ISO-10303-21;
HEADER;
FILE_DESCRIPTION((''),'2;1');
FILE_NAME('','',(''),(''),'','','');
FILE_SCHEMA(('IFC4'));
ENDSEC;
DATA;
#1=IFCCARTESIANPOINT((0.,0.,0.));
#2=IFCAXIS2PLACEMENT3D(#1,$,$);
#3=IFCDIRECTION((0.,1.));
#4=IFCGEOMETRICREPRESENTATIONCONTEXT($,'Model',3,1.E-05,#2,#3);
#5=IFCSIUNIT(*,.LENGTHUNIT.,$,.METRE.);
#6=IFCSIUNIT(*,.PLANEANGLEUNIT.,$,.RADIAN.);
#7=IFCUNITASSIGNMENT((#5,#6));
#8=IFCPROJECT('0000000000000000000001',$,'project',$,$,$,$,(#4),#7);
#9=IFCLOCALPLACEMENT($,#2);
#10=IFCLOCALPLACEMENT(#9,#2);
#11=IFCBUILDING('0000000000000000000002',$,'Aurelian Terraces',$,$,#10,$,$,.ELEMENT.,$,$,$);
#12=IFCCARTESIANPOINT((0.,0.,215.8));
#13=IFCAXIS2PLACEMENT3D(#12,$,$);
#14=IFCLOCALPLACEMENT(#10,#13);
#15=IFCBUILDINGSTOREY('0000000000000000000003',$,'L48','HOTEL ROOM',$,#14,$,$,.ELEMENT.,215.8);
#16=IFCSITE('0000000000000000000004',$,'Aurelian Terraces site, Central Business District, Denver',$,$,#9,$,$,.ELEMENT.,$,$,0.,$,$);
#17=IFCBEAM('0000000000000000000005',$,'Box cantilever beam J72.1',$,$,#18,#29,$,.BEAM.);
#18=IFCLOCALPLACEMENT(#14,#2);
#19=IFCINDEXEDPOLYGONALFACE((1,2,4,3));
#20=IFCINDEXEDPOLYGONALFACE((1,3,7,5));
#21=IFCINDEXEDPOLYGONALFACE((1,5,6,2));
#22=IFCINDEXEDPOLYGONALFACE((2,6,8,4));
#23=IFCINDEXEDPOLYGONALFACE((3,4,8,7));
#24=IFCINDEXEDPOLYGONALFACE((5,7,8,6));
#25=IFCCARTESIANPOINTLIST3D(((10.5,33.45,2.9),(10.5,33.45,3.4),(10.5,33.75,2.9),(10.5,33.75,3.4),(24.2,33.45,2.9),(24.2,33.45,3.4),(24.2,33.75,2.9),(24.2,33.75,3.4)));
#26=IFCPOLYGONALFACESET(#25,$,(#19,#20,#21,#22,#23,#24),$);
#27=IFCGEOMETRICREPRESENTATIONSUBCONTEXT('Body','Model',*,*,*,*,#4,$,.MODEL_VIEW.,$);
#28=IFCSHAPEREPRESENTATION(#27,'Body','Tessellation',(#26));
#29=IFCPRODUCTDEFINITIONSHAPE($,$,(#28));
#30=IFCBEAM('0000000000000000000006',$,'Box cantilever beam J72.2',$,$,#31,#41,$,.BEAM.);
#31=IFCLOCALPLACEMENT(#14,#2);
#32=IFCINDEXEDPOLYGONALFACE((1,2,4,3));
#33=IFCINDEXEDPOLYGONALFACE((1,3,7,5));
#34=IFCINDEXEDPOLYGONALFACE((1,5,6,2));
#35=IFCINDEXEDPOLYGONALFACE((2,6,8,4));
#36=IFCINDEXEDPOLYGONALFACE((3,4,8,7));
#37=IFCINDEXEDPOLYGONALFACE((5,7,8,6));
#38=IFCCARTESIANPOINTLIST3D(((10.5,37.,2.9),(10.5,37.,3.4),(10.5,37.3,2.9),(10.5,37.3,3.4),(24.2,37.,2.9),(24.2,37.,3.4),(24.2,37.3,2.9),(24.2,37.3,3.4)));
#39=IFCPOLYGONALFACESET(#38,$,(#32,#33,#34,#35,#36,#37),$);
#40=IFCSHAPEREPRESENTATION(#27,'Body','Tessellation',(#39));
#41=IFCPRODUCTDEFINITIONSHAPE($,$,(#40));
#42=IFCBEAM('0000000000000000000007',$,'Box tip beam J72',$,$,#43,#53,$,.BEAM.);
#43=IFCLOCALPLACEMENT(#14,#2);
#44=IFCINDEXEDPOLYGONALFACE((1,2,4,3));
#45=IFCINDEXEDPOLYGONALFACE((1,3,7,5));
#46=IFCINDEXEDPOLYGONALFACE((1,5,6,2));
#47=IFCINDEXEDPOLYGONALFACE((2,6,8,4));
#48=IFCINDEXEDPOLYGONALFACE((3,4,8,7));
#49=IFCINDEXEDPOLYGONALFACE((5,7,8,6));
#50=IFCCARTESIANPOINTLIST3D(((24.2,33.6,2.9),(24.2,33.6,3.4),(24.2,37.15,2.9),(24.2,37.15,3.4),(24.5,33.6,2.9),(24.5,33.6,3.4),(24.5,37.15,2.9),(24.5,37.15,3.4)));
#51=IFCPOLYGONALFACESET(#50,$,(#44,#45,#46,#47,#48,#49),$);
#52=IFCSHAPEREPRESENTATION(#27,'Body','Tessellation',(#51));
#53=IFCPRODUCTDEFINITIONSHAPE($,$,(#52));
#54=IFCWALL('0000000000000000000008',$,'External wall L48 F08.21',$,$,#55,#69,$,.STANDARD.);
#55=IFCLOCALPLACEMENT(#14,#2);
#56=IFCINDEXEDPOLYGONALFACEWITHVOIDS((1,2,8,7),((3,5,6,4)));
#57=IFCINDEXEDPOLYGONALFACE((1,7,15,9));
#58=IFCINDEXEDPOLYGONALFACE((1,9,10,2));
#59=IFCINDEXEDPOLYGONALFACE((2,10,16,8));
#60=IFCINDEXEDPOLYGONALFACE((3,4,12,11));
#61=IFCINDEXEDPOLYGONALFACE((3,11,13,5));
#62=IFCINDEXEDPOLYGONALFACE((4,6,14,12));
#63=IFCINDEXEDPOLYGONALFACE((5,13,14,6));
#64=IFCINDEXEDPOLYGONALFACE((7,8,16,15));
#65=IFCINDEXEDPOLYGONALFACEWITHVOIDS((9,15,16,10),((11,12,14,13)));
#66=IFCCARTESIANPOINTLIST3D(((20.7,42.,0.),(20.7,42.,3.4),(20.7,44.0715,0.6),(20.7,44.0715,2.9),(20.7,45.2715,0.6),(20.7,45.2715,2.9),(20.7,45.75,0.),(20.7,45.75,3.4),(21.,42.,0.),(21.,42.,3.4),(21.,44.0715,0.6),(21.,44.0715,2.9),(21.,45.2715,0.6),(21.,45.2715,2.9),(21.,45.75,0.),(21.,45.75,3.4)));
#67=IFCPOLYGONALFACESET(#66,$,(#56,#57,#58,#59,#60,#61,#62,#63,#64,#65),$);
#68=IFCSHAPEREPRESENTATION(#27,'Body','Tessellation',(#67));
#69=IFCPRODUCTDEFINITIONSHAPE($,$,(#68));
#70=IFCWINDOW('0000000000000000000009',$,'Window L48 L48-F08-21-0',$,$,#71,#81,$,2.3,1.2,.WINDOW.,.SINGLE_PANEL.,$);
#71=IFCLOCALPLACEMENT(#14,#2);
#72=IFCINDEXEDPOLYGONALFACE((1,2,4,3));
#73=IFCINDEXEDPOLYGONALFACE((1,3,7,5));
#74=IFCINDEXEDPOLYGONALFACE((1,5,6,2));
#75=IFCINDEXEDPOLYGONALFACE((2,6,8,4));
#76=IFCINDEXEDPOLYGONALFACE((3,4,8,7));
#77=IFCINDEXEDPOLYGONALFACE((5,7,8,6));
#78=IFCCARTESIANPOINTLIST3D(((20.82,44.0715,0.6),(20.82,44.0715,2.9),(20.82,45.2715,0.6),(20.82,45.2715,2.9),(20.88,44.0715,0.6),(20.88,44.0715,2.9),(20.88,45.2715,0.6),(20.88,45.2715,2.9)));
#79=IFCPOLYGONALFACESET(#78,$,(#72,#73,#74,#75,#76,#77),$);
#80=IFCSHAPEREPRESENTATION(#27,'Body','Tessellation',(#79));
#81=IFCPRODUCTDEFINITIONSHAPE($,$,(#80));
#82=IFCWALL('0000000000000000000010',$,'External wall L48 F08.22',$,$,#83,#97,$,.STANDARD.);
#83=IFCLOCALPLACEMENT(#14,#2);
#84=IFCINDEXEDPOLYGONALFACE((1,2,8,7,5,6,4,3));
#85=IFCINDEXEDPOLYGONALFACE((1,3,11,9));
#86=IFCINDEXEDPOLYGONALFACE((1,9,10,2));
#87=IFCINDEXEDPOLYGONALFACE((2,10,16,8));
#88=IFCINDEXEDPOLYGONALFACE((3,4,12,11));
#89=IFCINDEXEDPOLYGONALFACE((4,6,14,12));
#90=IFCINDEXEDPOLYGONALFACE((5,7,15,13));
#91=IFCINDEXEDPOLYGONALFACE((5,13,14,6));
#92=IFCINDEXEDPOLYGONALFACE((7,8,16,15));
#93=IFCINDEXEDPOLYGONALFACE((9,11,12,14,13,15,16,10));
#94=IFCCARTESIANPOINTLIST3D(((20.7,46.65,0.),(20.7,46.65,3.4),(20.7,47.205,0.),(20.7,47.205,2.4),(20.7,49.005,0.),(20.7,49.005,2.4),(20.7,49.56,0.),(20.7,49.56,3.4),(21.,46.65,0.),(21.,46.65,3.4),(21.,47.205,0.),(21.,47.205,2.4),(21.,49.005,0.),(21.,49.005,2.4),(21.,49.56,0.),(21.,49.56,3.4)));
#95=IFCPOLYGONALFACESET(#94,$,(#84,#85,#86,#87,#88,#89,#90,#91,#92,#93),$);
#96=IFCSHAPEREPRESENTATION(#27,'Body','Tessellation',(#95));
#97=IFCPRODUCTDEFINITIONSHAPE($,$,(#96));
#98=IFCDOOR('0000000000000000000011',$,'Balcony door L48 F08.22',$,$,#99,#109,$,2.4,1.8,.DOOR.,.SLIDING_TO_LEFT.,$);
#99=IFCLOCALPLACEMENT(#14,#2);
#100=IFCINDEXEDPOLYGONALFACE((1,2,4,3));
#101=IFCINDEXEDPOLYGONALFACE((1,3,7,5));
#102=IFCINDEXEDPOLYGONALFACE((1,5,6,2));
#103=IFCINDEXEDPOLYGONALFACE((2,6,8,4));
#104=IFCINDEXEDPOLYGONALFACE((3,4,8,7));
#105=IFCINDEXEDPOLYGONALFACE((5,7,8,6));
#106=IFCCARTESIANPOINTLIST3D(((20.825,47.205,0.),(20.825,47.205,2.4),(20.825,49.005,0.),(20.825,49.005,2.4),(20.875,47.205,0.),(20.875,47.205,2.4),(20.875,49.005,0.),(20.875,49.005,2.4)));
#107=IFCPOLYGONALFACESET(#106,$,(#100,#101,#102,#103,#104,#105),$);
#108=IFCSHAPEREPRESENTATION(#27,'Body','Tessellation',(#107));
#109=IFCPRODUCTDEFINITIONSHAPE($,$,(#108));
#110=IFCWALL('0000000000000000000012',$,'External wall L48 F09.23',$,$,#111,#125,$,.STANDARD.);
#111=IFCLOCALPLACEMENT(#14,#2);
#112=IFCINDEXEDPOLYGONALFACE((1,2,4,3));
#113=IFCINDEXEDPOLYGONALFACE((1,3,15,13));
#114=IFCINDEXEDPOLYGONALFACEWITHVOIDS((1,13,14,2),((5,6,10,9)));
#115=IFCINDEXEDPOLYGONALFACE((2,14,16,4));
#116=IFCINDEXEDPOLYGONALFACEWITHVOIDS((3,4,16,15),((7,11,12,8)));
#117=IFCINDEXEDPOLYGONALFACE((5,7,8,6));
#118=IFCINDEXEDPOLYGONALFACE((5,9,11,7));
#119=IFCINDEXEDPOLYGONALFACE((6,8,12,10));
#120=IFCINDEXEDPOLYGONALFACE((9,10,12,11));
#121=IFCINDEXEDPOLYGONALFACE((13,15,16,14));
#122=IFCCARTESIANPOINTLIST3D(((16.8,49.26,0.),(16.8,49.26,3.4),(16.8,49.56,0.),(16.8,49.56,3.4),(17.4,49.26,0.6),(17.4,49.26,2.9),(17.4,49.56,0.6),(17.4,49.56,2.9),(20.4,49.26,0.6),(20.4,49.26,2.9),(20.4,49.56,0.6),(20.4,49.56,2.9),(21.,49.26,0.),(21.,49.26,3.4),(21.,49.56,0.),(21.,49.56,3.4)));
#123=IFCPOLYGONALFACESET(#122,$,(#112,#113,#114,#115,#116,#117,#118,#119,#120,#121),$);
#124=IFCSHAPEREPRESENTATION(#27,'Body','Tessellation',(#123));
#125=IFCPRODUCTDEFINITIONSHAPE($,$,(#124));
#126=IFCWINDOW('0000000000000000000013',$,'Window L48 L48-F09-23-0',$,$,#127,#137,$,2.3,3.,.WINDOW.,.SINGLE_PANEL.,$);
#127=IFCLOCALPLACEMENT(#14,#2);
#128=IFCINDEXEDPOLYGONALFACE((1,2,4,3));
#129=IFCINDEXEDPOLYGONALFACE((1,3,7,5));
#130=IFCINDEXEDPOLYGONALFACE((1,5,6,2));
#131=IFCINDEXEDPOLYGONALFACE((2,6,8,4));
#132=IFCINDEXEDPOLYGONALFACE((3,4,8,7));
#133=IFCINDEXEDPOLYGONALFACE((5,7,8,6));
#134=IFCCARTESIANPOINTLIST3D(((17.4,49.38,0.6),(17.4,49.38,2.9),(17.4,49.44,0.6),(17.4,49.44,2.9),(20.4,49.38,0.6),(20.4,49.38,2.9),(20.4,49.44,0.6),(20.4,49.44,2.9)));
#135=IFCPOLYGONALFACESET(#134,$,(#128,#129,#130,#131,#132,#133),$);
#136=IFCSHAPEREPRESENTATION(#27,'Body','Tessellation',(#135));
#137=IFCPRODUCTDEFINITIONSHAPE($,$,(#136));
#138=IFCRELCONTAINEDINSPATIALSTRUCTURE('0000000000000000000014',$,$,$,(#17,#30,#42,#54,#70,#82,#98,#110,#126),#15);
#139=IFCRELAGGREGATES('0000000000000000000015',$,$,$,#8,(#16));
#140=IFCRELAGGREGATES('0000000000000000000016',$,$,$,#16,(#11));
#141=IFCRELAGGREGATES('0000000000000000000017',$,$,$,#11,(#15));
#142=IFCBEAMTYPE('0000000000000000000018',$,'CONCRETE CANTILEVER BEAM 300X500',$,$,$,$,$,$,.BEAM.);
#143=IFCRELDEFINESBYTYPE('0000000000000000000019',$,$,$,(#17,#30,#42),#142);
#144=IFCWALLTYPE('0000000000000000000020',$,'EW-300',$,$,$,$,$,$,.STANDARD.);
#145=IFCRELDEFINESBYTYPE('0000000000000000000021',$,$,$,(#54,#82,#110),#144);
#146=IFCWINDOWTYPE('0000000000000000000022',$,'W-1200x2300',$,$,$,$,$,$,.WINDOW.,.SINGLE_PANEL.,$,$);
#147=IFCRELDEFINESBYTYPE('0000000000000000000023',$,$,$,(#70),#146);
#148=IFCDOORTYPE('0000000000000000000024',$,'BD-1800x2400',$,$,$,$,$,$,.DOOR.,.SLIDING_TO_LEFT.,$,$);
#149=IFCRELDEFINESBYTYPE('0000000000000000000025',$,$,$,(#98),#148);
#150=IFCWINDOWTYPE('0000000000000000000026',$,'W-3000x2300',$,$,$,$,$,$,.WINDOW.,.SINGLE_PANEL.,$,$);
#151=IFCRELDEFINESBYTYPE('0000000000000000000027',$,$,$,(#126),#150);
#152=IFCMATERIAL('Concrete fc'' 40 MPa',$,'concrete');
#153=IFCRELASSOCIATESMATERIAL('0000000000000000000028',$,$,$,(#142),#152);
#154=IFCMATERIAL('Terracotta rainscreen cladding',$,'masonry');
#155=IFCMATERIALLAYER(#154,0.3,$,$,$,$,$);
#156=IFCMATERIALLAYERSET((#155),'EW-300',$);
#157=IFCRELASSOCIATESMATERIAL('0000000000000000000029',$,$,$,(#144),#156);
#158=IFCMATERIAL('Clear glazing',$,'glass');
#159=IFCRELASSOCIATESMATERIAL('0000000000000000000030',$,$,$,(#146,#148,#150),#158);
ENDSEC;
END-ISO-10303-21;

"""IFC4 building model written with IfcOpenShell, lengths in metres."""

from ifc_helpers import new_model, si_unit, direction, frame, frame_2d, origin, origin_2d, place, context, subcontext, project, spatial, rectangle, extrude, source, transform, mapped, material, layer, layer_set, material_profile, profile_set, type_object, element, fill, save


model = new_model("IFC4")

# Units and contexts
model_context = context("Model", 3, precision=1e-05, world=origin(), true_north=direction((0.0, 1.0)))
body_context = subcontext(model_context, "Body", "Model", "MODEL_VIEW")
ifc_project = project(units=[si_unit("LENGTHUNIT", "METRE"), si_unit("PLANEANGLEUNIT", "RADIAN")], contexts=[model_context])

# Site, building, storey
site_placement = place(None, origin())
site = spatial("IfcSite", under=ifc_project, at=site_placement, Name="Aurelian Terraces site, Central Business District, Denver", CompositionType="ELEMENT", RefElevation=0.0)
building_placement = place(site_placement, origin())
building = spatial("IfcBuilding", under=site, at=building_placement, Name="Aurelian Terraces", CompositionType="ELEMENT")
storey_placement = place(building_placement, frame((0.0, 0.0, 215.8)))
storey = spatial("IfcBuildingStorey", under=building, at=storey_placement, Name="L48", Description="HOTEL ROOM", CompositionType="ELEMENT", Elevation=215.8)

# Beams
ifc_material_1 = material(Name="Concrete fc' 40 MPa", Category="concrete")
ifc_material_profile = material_profile(ifc_material_1, rectangle(XDim=0.3, YDim=0.5, at=origin_2d()))
ifc_profile_set = profile_set([ifc_material_profile], Name="Concrete fc' 40 MPa")
beam_type = type_object("IfcBeamType", Name="CONCRETE CANTILEVER BEAM 300X500", PredefinedType="BEAM", material=ifc_profile_set)
shared_shape_1 = source(origin(), body_context, "Body", "SweptSolid", [
    extrude(rectangle(XDim=0.3, YDim=0.5, at=origin_2d()), origin(), (0.0, 0.0, 1.0), 13.7),
])
for number, where, z_axis, x_axis, name in (
    (1, (24.2, 33.6, 3.15), (-1.0, 0.0, 0.0), (0.0, -1.0, 0.0), "Box cantilever beam J72.1"),
    (2, (24.2, 37.15, 3.15), (-1.0, 0.0, 0.0), (0.0, -1.0, 0.0), "Box cantilever beam J72.2"),
):
    element("IfcBeam", number, at=place(storey_placement, frame(where, z_axis=z_axis, x_axis=x_axis)), inside=storey, type_object=beam_type, Name=name, PredefinedType="BEAM", context=body_context, shape_type="MappedRepresentation", body=[
        mapped(shared_shape_1, transform((0.0, 0.0, 0.0), scale=1.0)),
    ])
shared_shape_2 = source(origin(), body_context, "Body", "SweptSolid", [
    extrude(rectangle(XDim=0.3, YDim=0.5, at=origin_2d()), origin(), (0.0, 0.0, 1.0), 3.55),
])
beam_placement = place(storey_placement, frame((24.35, 33.6, 3.15), z_axis=(0.0, 1.0, 0.0), x_axis=(-1.0, 0.0, 0.0)))
element("IfcBeam", 3, at=beam_placement, inside=storey, type_object=beam_type, Name="Box tip beam J72", PredefinedType="BEAM", context=body_context, shape_type="MappedRepresentation", body=[
    mapped(shared_shape_2, transform((0.0, 0.0, 0.0), scale=1.0)),
])

# Wall, opening, window
ifc_material_2 = material(Name="Terracotta rainscreen cladding", Category="masonry")
ifc_layer_1 = layer(ifc_material_2, 0.3)
ifc_layer_set_1 = layer_set([ifc_layer_1], Name="EW-300")
wall_type_1 = type_object("IfcWallType", Name="EW-300", PredefinedType="STANDARD", material=ifc_layer_set_1)
shared_shape_3 = source(origin(), body_context, "Body", "SweptSolid", [
    extrude(rectangle(XDim=3.75, YDim=0.3, at=frame_2d((1.875, 0.0))), origin(), (0.0, 0.0, 1.0), 3.4),
])
wall_1_placement = place(storey_placement, frame((20.85, 42.0, 0.0), z_axis=(0.0, 0.0, 1.0), x_axis=(0.0, 1.0, 0.0)))
wall_1 = element("IfcWall", 4, at=wall_1_placement, inside=storey, type_object=wall_type_1, Name="External wall L48 F08.21", PredefinedType="STANDARD", context=body_context, shape_type="MappedRepresentation", body=[
    mapped(shared_shape_3, transform((0.0, 0.0, 0.0), scale=1.0)),
])
shared_shape_4 = source(origin(), body_context, "Body", "SweptSolid", [
    extrude(rectangle(XDim=1.2, YDim=2.3, at=frame_2d((0.6, 1.15))), frame((0.0, 0.16, 0.0), z_axis=(0.0, -1.0, 0.0), x_axis=(1.0, 0.0, 0.0)), (0.0, 0.0, 1.0), 0.32),
])
opening_1_placement = place(wall_1_placement, frame((2.0715, 0.0, 0.6)))
opening_1 = element("IfcOpeningElement", 5, at=opening_1_placement, cuts=wall_1, PredefinedType="OPENING", context=body_context, shape_type="MappedRepresentation", body=[
    mapped(shared_shape_4, transform((0.0, 0.0, 0.0), scale=1.0)),
])
ifc_material_3 = material(Name="Clear glazing", Category="glass")
window_type_1 = type_object("IfcWindowType", Name="W-1200x2300", PartitioningType="SINGLE_PANEL", PredefinedType="WINDOW", material=ifc_material_3)
shared_shape_5 = source(origin(), body_context, "Body", "SweptSolid", [
    extrude(rectangle(XDim=1.2, YDim=2.3, at=frame_2d((0.6, 1.15))), frame((0.0, 0.03, 0.0), z_axis=(0.0, -1.0, 0.0), x_axis=(1.0, 0.0, 0.0)), (0.0, 0.0, 1.0), 0.06),
])
window_1_placement = place(opening_1_placement, origin())
window_1 = element("IfcWindow", 6, at=window_1_placement, inside=storey, type_object=window_type_1, Name="Window L48 L48-F08-21-0", OverallHeight=2.3, OverallWidth=1.2, PartitioningType="SINGLE_PANEL", PredefinedType="WINDOW", context=body_context, shape_type="MappedRepresentation", body=[
    mapped(shared_shape_5, transform((0.0, 0.0, 0.0), scale=1.0)),
])
fill(opening_1, window_1)

# Wall, opening, door
shared_shape_6 = source(origin(), body_context, "Body", "SweptSolid", [
    extrude(rectangle(XDim=2.91, YDim=0.3, at=frame_2d((1.455, 0.0))), origin(), (0.0, 0.0, 1.0), 3.4),
])
wall_2_placement = place(storey_placement, frame((20.85, 46.65, 0.0), z_axis=(0.0, 0.0, 1.0), x_axis=(0.0, 1.0, 0.0)))
wall_2 = element("IfcWall", 7, at=wall_2_placement, inside=storey, type_object=wall_type_1, Name="External wall L48 F08.22", PredefinedType="STANDARD", context=body_context, shape_type="MappedRepresentation", body=[
    mapped(shared_shape_6, transform((0.0, 0.0, 0.0), scale=1.0)),
])
shared_shape_7 = source(origin(), body_context, "Body", "SweptSolid", [
    extrude(rectangle(XDim=1.8, YDim=2.4, at=frame_2d((0.9, 1.2))), frame((0.0, 0.16, 0.0), z_axis=(0.0, -1.0, 0.0), x_axis=(1.0, 0.0, 0.0)), (0.0, 0.0, 1.0), 0.32),
])
opening_2_placement = place(wall_2_placement, frame((0.555, 0.0, 0.0)))
opening_2 = element("IfcOpeningElement", 8, at=opening_2_placement, cuts=wall_2, PredefinedType="OPENING", context=body_context, shape_type="MappedRepresentation", body=[
    mapped(shared_shape_7, transform((0.0, 0.0, 0.0), scale=1.0)),
])
door_type = type_object("IfcDoorType", Name="BD-1800x2400", OperationType="SLIDING_TO_LEFT", PredefinedType="DOOR", material=ifc_material_3)
shared_shape_8 = source(origin(), body_context, "Body", "SweptSolid", [
    extrude(rectangle(XDim=1.8, YDim=2.4, at=frame_2d((0.9, 1.2))), frame((0.0, 0.025, 0.0), z_axis=(0.0, -1.0, 0.0), x_axis=(1.0, 0.0, 0.0)), (0.0, 0.0, 1.0), 0.05),
])
door_placement = place(opening_2_placement, origin())
door = element("IfcDoor", 9, at=door_placement, inside=storey, type_object=door_type, Name="Balcony door L48 F08.22", OperationType="SLIDING_TO_LEFT", OverallHeight=2.4, OverallWidth=1.8, PredefinedType="DOOR", context=body_context, shape_type="MappedRepresentation", body=[
    mapped(shared_shape_8, transform((0.0, 0.0, 0.0), scale=1.0)),
])
fill(opening_2, door)

# Wall, opening, window
shared_shape_9 = source(origin(), body_context, "Body", "SweptSolid", [
    extrude(rectangle(XDim=4.2, YDim=0.3, at=frame_2d((2.1, 0.0))), origin(), (0.0, 0.0, 1.0), 3.4),
])
wall_3_placement = place(storey_placement, frame((21.0, 49.41, 0.0), z_axis=(0.0, 0.0, 1.0), x_axis=(-1.0, 0.0, 0.0)))
wall_3 = element("IfcWall", 10, at=wall_3_placement, inside=storey, type_object=wall_type_1, Name="External wall L48 F09.23", PredefinedType="STANDARD", context=body_context, shape_type="MappedRepresentation", body=[
    mapped(shared_shape_9, transform((0.0, 0.0, 0.0), scale=1.0)),
])
shared_shape_10 = source(origin(), body_context, "Body", "SweptSolid", [
    extrude(rectangle(XDim=3.0, YDim=2.3, at=frame_2d((1.5, 1.15))), frame((0.0, 0.16, 0.0), z_axis=(0.0, -1.0, 0.0), x_axis=(1.0, 0.0, 0.0)), (0.0, 0.0, 1.0), 0.32),
])
opening_3_placement = place(wall_3_placement, frame((0.6, 0.0, 0.6)))
opening_3 = element("IfcOpeningElement", 11, at=opening_3_placement, cuts=wall_3, PredefinedType="OPENING", context=body_context, shape_type="MappedRepresentation", body=[
    mapped(shared_shape_10, transform((0.0, 0.0, 0.0), scale=1.0)),
])
window_type_2 = type_object("IfcWindowType", Name="W-3000x2300", PartitioningType="SINGLE_PANEL", PredefinedType="WINDOW", material=ifc_material_3)
shared_shape_11 = source(origin(), body_context, "Body", "SweptSolid", [
    extrude(rectangle(XDim=3.0, YDim=2.3, at=frame_2d((1.5, 1.15))), frame((0.0, 0.03, 0.0), z_axis=(0.0, -1.0, 0.0), x_axis=(1.0, 0.0, 0.0)), (0.0, 0.0, 1.0), 0.06),
])
window_2_placement = place(opening_3_placement, origin())
window_2 = element("IfcWindow", 12, at=window_2_placement, inside=storey, type_object=window_type_2, Name="Window L48 L48-F09-23-0", OverallHeight=2.3, OverallWidth=3.0, PartitioningType="SINGLE_PANEL", PredefinedType="WINDOW", context=body_context, shape_type="MappedRepresentation", body=[
    mapped(shared_shape_11, transform((0.0, 0.0, 0.0), scale=1.0)),
])
fill(opening_3, window_2)

save(model, "model.ifc")
